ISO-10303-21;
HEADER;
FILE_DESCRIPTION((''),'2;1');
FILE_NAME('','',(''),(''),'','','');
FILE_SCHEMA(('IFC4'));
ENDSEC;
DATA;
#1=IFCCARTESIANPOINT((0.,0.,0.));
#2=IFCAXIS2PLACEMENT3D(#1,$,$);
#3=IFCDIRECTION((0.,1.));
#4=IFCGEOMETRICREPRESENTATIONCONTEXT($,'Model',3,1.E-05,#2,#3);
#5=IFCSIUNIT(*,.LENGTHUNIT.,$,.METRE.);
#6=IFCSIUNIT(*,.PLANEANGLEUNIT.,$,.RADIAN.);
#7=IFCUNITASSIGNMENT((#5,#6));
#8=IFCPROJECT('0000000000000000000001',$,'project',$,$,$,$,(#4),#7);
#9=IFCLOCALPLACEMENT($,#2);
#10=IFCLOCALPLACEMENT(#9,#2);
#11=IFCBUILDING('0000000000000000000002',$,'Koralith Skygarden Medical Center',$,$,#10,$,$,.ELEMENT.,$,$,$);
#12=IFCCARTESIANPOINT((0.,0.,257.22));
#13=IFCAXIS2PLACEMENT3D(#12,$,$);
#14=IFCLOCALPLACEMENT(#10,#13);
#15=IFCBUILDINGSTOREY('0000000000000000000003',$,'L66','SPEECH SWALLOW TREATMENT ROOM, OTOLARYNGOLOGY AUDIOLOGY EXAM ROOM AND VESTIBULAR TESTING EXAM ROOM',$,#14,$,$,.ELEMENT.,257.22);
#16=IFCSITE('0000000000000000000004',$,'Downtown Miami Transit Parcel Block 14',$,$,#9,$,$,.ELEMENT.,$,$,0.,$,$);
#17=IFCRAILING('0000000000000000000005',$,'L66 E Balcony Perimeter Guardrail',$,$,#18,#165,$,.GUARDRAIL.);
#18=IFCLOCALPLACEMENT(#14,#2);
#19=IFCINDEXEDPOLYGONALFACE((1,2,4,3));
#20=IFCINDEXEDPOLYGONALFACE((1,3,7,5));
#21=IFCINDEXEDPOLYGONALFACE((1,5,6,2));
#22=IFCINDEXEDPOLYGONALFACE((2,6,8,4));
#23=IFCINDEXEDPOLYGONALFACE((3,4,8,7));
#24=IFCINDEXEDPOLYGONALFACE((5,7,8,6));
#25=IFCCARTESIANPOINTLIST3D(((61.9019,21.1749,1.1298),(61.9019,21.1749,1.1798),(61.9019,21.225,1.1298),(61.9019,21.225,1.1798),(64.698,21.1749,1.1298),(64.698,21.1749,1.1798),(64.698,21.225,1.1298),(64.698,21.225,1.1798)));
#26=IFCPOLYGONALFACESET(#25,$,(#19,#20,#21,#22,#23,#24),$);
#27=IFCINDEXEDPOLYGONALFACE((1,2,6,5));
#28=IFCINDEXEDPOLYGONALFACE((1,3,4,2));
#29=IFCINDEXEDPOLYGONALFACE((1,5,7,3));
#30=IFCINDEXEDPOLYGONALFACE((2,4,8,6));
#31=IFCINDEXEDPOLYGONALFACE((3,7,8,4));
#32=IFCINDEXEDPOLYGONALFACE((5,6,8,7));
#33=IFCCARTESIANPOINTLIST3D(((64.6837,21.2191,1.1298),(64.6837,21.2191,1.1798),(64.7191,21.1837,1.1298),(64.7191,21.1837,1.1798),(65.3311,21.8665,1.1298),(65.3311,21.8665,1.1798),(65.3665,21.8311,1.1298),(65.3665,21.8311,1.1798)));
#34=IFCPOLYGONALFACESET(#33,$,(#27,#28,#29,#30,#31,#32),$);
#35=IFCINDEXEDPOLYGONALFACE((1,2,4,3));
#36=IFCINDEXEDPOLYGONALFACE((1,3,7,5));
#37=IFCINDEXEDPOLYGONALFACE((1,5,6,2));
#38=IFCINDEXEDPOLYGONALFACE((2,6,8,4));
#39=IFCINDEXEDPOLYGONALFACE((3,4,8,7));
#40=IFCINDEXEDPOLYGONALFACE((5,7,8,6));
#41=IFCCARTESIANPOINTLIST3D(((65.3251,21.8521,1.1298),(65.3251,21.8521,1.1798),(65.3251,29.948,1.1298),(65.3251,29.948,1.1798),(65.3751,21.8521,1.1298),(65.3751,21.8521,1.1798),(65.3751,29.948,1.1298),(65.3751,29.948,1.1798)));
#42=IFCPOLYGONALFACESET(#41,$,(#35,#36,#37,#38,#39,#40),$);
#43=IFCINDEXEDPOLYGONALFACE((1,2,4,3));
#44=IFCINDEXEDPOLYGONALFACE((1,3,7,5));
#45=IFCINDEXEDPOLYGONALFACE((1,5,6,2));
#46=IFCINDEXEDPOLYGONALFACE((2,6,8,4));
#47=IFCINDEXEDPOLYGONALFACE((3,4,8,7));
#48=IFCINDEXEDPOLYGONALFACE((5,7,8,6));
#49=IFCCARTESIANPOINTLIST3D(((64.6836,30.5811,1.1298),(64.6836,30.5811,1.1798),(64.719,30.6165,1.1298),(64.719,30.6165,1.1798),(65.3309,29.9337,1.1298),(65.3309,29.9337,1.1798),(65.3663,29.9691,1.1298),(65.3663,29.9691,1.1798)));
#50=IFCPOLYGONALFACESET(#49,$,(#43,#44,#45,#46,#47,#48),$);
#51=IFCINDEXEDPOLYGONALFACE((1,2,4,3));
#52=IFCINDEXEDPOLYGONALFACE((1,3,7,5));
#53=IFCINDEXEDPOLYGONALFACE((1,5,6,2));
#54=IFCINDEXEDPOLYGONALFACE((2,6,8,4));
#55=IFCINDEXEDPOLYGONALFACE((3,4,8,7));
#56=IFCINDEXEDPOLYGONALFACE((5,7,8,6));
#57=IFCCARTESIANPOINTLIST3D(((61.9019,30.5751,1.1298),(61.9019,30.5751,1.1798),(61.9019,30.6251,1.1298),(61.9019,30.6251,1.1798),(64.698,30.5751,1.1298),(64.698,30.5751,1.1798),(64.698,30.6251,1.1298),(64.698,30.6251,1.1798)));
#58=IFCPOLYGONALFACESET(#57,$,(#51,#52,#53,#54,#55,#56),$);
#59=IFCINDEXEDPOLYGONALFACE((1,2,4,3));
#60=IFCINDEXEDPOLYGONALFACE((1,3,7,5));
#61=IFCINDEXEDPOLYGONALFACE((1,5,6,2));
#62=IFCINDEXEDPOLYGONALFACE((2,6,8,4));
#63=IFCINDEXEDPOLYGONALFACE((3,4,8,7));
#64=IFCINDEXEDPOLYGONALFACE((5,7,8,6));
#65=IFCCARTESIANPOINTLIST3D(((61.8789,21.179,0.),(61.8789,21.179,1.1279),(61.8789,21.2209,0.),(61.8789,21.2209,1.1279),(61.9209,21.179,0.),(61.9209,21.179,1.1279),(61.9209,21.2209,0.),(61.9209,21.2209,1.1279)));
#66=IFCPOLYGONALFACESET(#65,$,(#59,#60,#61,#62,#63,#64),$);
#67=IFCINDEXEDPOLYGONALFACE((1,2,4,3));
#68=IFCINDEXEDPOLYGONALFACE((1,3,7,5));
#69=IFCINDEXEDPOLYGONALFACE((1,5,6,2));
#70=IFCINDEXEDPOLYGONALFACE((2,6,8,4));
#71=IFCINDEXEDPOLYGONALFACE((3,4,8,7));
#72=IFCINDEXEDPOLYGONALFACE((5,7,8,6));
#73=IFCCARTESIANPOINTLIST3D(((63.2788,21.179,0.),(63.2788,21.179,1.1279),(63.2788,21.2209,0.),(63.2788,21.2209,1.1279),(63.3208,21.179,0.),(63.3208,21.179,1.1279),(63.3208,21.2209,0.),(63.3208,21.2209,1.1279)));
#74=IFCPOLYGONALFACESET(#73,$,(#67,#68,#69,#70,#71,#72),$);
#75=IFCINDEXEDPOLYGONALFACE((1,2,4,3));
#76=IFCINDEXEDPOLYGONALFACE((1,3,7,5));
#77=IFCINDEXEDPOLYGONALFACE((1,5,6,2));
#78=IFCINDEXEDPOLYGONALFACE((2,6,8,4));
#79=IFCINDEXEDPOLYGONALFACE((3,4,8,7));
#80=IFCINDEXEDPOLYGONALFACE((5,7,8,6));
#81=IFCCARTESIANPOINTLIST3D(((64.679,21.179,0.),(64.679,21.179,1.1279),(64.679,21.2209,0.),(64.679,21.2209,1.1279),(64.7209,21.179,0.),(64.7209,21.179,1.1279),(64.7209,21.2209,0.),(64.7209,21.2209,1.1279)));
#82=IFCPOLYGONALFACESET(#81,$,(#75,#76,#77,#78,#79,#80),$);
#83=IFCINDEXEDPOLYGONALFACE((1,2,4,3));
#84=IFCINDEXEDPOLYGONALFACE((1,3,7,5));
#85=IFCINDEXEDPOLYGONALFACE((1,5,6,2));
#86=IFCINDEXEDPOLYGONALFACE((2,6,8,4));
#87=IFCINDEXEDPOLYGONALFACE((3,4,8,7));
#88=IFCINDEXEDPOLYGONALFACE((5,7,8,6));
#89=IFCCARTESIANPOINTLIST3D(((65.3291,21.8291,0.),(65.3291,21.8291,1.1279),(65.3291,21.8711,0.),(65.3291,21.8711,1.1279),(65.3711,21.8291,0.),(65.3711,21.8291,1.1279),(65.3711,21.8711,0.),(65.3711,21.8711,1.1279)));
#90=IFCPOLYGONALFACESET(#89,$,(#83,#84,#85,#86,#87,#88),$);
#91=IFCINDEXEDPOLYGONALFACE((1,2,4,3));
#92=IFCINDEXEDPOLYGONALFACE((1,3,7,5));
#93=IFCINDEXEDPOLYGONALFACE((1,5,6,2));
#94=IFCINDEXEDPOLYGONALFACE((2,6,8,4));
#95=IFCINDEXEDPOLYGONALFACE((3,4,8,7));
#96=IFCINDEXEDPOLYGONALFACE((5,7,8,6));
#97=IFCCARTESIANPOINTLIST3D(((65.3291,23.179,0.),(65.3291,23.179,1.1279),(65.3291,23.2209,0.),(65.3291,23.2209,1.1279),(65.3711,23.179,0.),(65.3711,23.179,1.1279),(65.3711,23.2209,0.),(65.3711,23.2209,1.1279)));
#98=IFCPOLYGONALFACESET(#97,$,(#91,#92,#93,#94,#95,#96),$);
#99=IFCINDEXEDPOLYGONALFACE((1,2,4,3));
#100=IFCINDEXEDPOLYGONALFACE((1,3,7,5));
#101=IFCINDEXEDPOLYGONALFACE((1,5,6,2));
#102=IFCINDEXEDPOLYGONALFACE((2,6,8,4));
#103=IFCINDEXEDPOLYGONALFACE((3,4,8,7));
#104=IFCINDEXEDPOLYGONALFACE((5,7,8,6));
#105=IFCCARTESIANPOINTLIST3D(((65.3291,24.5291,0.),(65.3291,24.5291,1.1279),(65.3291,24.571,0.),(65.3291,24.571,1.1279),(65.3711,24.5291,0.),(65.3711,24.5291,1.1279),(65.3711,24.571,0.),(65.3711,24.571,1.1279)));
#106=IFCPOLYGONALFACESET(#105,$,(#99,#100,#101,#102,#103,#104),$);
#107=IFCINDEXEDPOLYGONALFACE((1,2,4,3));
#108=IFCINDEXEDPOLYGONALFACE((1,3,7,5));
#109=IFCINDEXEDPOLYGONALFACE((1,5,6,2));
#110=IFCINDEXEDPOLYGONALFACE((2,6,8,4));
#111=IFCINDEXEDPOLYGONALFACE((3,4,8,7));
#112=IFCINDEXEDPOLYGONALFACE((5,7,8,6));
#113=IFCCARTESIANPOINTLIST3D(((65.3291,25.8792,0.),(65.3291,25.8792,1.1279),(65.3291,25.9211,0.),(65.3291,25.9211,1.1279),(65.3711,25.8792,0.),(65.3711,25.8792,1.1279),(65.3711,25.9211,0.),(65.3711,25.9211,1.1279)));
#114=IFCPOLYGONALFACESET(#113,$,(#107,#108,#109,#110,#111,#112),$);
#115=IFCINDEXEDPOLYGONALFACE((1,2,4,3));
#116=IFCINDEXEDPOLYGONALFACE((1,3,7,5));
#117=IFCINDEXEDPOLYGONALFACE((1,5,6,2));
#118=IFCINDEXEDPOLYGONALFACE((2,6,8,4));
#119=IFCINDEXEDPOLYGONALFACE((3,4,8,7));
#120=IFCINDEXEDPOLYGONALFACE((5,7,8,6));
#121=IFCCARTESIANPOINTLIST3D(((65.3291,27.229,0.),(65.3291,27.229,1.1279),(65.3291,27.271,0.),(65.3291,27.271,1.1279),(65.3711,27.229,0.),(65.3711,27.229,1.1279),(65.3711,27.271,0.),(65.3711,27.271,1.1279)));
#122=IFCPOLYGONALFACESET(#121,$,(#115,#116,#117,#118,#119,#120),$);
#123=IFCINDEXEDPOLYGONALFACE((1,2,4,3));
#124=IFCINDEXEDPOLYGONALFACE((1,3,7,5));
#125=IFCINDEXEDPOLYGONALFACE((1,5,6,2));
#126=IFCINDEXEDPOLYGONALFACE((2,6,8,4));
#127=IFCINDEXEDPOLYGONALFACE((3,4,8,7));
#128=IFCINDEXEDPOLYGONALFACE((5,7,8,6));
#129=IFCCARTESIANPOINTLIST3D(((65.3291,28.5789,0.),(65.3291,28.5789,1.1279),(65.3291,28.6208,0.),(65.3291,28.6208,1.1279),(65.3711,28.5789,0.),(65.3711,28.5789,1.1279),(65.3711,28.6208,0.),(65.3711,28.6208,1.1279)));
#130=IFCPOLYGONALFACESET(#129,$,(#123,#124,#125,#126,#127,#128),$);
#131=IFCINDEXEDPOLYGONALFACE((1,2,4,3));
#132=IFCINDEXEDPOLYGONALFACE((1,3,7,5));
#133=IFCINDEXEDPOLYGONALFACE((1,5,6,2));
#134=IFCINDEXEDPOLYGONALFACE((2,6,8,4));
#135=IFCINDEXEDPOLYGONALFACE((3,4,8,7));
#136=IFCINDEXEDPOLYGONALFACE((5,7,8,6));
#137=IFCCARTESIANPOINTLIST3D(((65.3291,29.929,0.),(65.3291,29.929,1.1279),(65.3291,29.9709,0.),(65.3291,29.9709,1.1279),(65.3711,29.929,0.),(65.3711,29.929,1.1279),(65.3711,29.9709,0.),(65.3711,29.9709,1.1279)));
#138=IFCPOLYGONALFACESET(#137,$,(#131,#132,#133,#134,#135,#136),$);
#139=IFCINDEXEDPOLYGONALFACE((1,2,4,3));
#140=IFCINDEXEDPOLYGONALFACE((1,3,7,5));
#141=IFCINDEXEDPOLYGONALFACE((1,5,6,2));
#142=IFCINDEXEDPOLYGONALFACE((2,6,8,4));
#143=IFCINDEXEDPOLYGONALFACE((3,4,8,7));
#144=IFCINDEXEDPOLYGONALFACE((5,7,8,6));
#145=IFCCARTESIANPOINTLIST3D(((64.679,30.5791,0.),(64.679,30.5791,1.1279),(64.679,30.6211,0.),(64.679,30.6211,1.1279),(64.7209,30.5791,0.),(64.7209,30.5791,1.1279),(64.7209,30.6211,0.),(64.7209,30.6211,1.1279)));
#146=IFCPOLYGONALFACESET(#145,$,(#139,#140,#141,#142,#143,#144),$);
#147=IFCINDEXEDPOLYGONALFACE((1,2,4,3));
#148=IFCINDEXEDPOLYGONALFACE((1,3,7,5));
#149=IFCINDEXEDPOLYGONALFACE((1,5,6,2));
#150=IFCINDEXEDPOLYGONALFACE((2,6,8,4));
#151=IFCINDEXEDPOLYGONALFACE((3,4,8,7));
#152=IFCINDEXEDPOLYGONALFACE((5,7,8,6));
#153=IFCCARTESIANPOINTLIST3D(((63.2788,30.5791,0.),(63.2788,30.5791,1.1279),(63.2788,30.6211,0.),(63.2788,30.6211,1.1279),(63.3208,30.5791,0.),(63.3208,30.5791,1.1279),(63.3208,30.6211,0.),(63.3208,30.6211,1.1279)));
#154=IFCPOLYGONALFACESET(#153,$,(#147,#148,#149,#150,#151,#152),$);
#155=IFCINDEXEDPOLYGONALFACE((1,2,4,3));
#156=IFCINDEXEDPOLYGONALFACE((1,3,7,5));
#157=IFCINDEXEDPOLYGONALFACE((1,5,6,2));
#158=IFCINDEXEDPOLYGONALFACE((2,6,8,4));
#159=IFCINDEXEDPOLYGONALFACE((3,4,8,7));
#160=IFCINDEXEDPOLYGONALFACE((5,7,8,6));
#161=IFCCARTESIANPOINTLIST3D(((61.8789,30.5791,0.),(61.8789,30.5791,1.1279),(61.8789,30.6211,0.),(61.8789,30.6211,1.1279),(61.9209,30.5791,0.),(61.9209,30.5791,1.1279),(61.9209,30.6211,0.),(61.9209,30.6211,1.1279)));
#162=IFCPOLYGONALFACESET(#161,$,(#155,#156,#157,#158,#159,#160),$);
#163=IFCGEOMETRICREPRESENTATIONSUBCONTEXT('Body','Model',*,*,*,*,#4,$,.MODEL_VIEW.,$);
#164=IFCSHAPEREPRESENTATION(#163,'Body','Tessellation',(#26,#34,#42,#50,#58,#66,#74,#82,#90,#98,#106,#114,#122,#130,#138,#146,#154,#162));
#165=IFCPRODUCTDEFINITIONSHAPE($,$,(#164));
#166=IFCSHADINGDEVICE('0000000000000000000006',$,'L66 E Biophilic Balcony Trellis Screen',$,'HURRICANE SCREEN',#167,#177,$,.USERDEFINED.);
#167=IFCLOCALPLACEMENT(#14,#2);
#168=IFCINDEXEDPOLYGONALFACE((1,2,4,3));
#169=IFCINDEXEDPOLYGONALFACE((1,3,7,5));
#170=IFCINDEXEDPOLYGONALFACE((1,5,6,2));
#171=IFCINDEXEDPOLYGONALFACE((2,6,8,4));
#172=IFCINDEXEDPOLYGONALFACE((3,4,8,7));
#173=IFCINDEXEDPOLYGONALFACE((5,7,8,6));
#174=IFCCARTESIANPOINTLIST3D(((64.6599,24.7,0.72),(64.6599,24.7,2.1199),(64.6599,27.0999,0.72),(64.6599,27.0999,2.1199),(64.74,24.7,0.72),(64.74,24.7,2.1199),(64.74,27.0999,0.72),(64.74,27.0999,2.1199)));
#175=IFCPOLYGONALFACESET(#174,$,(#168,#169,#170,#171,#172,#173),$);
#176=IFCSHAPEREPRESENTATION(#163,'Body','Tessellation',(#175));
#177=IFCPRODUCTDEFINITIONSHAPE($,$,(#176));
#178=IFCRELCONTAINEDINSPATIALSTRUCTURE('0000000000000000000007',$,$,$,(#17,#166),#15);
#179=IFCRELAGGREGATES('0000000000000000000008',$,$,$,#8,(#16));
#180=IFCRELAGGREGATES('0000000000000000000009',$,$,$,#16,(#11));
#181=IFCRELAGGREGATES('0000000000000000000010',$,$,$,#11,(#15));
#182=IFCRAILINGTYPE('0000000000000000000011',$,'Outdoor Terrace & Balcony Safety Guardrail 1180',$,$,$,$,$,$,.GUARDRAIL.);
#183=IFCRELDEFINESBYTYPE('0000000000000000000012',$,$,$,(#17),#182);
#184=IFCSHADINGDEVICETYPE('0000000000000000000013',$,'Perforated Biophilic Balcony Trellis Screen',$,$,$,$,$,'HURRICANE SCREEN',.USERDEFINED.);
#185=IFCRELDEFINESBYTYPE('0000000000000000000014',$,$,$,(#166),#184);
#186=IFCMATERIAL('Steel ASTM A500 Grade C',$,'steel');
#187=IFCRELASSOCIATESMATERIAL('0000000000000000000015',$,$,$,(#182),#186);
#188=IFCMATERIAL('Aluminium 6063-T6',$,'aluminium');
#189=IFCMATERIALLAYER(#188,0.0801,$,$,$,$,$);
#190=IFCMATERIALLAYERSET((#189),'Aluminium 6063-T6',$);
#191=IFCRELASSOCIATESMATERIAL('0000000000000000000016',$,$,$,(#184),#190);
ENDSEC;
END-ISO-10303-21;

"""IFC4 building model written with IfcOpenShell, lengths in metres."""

from ifc_helpers import new_model, si_unit, direction, frame, origin, origin_2d, place, context, subcontext, project, spatial, rectangle, extrude, material, layer, layer_set, type_object, element, save


model = new_model("IFC4")

# Units and contexts
model_context = context("Model", 3, precision=1e-05, world=origin(), true_north=direction((0.0, 1.0)))
body_context = subcontext(model_context, "Body", "Model", "MODEL_VIEW")
ifc_project = project(units=[si_unit("LENGTHUNIT", "METRE"), si_unit("PLANEANGLEUNIT", "RADIAN")], contexts=[model_context])

# Site, building, storey
site_placement = place(None, origin())
site = spatial("IfcSite", under=ifc_project, at=site_placement, Name="Downtown Miami Transit Parcel Block 14", CompositionType="ELEMENT", RefElevation=0.0)
building_placement = place(site_placement, origin())
building = spatial("IfcBuilding", under=site, at=building_placement, Name="Koralith Skygarden Medical Center", CompositionType="ELEMENT")
storey_placement = place(building_placement, frame((0.0, 0.0, 257.22)))
storey = spatial("IfcBuildingStorey", under=building, at=storey_placement, Name="L66", Description="SPEECH SWALLOW TREATMENT ROOM, OTOLARYNGOLOGY AUDIOLOGY EXAM ROOM AND VESTIBULAR TESTING EXAM ROOM", CompositionType="ELEMENT", Elevation=257.22)

# Shared definitions
ifc_material_1 = material(Name="Aluminium 6063-T6", Category="aluminium")

# Railing
ifc_material_2 = material(Name="Steel ASTM A500 Grade C", Category="steel")
railing_type = type_object("IfcRailingType", Name="Outdoor Terrace & Balcony Safety Guardrail 1180", PredefinedType="GUARDRAIL", material=ifc_material_2)
railing_placement = place(storey_placement, frame((61.8999, 21.2, 0.0)))
element("IfcRailing", 1, at=railing_placement, inside=storey, type_object=railing_type, Name="L66 E Balcony Perimeter Guardrail", PredefinedType="GUARDRAIL", context=body_context, shape_type="SweptSolid", body=[
    extrude(rectangle(XDim=0.05, YDim=0.05, at=origin_2d()), frame((0.002, 0.0, 1.1548), z_axis=(1.0, 0.0, 0.0), x_axis=(0.0, 1.0, 0.0)), (0.0, 0.0, 1.0), 2.7961),
    extrude(rectangle(XDim=0.05, YDim=0.05, at=origin_2d()), frame((2.8015, 0.0015, 1.1548), z_axis=(0.707107, 0.707107, 0.0), x_axis=(-0.707107, 0.707107, 0.0)), (0.0, 0.0, 1.0), 0.9155),
    extrude(rectangle(XDim=0.05, YDim=0.05, at=origin_2d()), frame((3.4502, 0.6521, 1.1548), z_axis=(0.0, 1.0, 0.0), x_axis=(-1.0, 0.0, 0.0)), (0.0, 0.0, 1.0), 8.0959),
    extrude(rectangle(XDim=0.05, YDim=0.05, at=origin_2d()), frame((3.4487, 8.7515, 1.1548), z_axis=(-0.707107, 0.707107, 0.0), x_axis=(-0.707107, -0.707107, 0.0)), (0.0, 0.0, 1.0), 0.9155),
    extrude(rectangle(XDim=0.05, YDim=0.05, at=origin_2d()), frame((2.7981, 9.4001, 1.1548), z_axis=(-1.0, 0.0, 0.0), x_axis=(0.0, -1.0, 0.0)), (0.0, 0.0, 1.0), 2.7961),
    extrude(rectangle(XDim=0.042, YDim=0.042, at=origin_2d()), origin(), (0.0, 0.0, 1.0), 1.1279),
    extrude(rectangle(XDim=0.042, YDim=0.042, at=origin_2d()), frame((1.3999, 0.0, 0.0)), (0.0, 0.0, 1.0), 1.1279),
    extrude(rectangle(XDim=0.042, YDim=0.042, at=origin_2d()), frame((2.8, 0.0, 0.0)), (0.0, 0.0, 1.0), 1.1279),
    extrude(rectangle(XDim=0.042, YDim=0.042, at=origin_2d()), frame((3.4502, 0.6501, 0.0)), (0.0, 0.0, 1.0), 1.1279),
    extrude(rectangle(XDim=0.042, YDim=0.042, at=origin_2d()), frame((3.4502, 2.0, 0.0)), (0.0, 0.0, 1.0), 1.1279),
    extrude(rectangle(XDim=0.042, YDim=0.042, at=origin_2d()), frame((3.4502, 3.3501, 0.0)), (0.0, 0.0, 1.0), 1.1279),
    extrude(rectangle(XDim=0.042, YDim=0.042, at=origin_2d()), frame((3.4502, 4.7002, 0.0)), (0.0, 0.0, 1.0), 1.1279),
    extrude(rectangle(XDim=0.042, YDim=0.042, at=origin_2d()), frame((3.4502, 6.05, 0.0)), (0.0, 0.0, 1.0), 1.1279),
    extrude(rectangle(XDim=0.042, YDim=0.042, at=origin_2d()), frame((3.4502, 7.3999, 0.0)), (0.0, 0.0, 1.0), 1.1279),
    extrude(rectangle(XDim=0.042, YDim=0.042, at=origin_2d()), frame((3.4502, 8.75, 0.0)), (0.0, 0.0, 1.0), 1.1279),
    extrude(rectangle(XDim=0.042, YDim=0.042, at=origin_2d()), frame((2.8, 9.4001, 0.0)), (0.0, 0.0, 1.0), 1.1279),
    extrude(rectangle(XDim=0.042, YDim=0.042, at=origin_2d()), frame((1.3999, 9.4001, 0.0)), (0.0, 0.0, 1.0), 1.1279),
    extrude(rectangle(XDim=0.042, YDim=0.042, at=origin_2d()), frame((0.0, 9.4001, 0.0)), (0.0, 0.0, 1.0), 1.1279),
])

# Shading device
ifc_layer_1 = layer(ifc_material_1, 0.0801)
ifc_layer_set_1 = layer_set([ifc_layer_1], Name="Aluminium 6063-T6")
shading_device_type = type_object("IfcShadingDeviceType", Name="Perforated Biophilic Balcony Trellis Screen", ElementType="HURRICANE SCREEN", PredefinedType="USERDEFINED", material=ifc_layer_set_1)
shading_device_placement = place(storey_placement, frame((64.7, 25.8999, 0.72), z_axis=(0.0, 0.0, 1.0), x_axis=(0.0, 1.0, 0.0)))
element("IfcShadingDevice", 2, at=shading_device_placement, inside=storey, type_object=shading_device_type, Name="L66 E Biophilic Balcony Trellis Screen", ObjectType="HURRICANE SCREEN", PredefinedType="USERDEFINED", context=body_context, shape_type="SweptSolid", body=[
    extrude(rectangle(XDim=2.3999, YDim=0.0801, at=origin_2d()), origin(), (0.0, 0.0, 1.0), 1.3999),
])

save(model, "model.ifc")
